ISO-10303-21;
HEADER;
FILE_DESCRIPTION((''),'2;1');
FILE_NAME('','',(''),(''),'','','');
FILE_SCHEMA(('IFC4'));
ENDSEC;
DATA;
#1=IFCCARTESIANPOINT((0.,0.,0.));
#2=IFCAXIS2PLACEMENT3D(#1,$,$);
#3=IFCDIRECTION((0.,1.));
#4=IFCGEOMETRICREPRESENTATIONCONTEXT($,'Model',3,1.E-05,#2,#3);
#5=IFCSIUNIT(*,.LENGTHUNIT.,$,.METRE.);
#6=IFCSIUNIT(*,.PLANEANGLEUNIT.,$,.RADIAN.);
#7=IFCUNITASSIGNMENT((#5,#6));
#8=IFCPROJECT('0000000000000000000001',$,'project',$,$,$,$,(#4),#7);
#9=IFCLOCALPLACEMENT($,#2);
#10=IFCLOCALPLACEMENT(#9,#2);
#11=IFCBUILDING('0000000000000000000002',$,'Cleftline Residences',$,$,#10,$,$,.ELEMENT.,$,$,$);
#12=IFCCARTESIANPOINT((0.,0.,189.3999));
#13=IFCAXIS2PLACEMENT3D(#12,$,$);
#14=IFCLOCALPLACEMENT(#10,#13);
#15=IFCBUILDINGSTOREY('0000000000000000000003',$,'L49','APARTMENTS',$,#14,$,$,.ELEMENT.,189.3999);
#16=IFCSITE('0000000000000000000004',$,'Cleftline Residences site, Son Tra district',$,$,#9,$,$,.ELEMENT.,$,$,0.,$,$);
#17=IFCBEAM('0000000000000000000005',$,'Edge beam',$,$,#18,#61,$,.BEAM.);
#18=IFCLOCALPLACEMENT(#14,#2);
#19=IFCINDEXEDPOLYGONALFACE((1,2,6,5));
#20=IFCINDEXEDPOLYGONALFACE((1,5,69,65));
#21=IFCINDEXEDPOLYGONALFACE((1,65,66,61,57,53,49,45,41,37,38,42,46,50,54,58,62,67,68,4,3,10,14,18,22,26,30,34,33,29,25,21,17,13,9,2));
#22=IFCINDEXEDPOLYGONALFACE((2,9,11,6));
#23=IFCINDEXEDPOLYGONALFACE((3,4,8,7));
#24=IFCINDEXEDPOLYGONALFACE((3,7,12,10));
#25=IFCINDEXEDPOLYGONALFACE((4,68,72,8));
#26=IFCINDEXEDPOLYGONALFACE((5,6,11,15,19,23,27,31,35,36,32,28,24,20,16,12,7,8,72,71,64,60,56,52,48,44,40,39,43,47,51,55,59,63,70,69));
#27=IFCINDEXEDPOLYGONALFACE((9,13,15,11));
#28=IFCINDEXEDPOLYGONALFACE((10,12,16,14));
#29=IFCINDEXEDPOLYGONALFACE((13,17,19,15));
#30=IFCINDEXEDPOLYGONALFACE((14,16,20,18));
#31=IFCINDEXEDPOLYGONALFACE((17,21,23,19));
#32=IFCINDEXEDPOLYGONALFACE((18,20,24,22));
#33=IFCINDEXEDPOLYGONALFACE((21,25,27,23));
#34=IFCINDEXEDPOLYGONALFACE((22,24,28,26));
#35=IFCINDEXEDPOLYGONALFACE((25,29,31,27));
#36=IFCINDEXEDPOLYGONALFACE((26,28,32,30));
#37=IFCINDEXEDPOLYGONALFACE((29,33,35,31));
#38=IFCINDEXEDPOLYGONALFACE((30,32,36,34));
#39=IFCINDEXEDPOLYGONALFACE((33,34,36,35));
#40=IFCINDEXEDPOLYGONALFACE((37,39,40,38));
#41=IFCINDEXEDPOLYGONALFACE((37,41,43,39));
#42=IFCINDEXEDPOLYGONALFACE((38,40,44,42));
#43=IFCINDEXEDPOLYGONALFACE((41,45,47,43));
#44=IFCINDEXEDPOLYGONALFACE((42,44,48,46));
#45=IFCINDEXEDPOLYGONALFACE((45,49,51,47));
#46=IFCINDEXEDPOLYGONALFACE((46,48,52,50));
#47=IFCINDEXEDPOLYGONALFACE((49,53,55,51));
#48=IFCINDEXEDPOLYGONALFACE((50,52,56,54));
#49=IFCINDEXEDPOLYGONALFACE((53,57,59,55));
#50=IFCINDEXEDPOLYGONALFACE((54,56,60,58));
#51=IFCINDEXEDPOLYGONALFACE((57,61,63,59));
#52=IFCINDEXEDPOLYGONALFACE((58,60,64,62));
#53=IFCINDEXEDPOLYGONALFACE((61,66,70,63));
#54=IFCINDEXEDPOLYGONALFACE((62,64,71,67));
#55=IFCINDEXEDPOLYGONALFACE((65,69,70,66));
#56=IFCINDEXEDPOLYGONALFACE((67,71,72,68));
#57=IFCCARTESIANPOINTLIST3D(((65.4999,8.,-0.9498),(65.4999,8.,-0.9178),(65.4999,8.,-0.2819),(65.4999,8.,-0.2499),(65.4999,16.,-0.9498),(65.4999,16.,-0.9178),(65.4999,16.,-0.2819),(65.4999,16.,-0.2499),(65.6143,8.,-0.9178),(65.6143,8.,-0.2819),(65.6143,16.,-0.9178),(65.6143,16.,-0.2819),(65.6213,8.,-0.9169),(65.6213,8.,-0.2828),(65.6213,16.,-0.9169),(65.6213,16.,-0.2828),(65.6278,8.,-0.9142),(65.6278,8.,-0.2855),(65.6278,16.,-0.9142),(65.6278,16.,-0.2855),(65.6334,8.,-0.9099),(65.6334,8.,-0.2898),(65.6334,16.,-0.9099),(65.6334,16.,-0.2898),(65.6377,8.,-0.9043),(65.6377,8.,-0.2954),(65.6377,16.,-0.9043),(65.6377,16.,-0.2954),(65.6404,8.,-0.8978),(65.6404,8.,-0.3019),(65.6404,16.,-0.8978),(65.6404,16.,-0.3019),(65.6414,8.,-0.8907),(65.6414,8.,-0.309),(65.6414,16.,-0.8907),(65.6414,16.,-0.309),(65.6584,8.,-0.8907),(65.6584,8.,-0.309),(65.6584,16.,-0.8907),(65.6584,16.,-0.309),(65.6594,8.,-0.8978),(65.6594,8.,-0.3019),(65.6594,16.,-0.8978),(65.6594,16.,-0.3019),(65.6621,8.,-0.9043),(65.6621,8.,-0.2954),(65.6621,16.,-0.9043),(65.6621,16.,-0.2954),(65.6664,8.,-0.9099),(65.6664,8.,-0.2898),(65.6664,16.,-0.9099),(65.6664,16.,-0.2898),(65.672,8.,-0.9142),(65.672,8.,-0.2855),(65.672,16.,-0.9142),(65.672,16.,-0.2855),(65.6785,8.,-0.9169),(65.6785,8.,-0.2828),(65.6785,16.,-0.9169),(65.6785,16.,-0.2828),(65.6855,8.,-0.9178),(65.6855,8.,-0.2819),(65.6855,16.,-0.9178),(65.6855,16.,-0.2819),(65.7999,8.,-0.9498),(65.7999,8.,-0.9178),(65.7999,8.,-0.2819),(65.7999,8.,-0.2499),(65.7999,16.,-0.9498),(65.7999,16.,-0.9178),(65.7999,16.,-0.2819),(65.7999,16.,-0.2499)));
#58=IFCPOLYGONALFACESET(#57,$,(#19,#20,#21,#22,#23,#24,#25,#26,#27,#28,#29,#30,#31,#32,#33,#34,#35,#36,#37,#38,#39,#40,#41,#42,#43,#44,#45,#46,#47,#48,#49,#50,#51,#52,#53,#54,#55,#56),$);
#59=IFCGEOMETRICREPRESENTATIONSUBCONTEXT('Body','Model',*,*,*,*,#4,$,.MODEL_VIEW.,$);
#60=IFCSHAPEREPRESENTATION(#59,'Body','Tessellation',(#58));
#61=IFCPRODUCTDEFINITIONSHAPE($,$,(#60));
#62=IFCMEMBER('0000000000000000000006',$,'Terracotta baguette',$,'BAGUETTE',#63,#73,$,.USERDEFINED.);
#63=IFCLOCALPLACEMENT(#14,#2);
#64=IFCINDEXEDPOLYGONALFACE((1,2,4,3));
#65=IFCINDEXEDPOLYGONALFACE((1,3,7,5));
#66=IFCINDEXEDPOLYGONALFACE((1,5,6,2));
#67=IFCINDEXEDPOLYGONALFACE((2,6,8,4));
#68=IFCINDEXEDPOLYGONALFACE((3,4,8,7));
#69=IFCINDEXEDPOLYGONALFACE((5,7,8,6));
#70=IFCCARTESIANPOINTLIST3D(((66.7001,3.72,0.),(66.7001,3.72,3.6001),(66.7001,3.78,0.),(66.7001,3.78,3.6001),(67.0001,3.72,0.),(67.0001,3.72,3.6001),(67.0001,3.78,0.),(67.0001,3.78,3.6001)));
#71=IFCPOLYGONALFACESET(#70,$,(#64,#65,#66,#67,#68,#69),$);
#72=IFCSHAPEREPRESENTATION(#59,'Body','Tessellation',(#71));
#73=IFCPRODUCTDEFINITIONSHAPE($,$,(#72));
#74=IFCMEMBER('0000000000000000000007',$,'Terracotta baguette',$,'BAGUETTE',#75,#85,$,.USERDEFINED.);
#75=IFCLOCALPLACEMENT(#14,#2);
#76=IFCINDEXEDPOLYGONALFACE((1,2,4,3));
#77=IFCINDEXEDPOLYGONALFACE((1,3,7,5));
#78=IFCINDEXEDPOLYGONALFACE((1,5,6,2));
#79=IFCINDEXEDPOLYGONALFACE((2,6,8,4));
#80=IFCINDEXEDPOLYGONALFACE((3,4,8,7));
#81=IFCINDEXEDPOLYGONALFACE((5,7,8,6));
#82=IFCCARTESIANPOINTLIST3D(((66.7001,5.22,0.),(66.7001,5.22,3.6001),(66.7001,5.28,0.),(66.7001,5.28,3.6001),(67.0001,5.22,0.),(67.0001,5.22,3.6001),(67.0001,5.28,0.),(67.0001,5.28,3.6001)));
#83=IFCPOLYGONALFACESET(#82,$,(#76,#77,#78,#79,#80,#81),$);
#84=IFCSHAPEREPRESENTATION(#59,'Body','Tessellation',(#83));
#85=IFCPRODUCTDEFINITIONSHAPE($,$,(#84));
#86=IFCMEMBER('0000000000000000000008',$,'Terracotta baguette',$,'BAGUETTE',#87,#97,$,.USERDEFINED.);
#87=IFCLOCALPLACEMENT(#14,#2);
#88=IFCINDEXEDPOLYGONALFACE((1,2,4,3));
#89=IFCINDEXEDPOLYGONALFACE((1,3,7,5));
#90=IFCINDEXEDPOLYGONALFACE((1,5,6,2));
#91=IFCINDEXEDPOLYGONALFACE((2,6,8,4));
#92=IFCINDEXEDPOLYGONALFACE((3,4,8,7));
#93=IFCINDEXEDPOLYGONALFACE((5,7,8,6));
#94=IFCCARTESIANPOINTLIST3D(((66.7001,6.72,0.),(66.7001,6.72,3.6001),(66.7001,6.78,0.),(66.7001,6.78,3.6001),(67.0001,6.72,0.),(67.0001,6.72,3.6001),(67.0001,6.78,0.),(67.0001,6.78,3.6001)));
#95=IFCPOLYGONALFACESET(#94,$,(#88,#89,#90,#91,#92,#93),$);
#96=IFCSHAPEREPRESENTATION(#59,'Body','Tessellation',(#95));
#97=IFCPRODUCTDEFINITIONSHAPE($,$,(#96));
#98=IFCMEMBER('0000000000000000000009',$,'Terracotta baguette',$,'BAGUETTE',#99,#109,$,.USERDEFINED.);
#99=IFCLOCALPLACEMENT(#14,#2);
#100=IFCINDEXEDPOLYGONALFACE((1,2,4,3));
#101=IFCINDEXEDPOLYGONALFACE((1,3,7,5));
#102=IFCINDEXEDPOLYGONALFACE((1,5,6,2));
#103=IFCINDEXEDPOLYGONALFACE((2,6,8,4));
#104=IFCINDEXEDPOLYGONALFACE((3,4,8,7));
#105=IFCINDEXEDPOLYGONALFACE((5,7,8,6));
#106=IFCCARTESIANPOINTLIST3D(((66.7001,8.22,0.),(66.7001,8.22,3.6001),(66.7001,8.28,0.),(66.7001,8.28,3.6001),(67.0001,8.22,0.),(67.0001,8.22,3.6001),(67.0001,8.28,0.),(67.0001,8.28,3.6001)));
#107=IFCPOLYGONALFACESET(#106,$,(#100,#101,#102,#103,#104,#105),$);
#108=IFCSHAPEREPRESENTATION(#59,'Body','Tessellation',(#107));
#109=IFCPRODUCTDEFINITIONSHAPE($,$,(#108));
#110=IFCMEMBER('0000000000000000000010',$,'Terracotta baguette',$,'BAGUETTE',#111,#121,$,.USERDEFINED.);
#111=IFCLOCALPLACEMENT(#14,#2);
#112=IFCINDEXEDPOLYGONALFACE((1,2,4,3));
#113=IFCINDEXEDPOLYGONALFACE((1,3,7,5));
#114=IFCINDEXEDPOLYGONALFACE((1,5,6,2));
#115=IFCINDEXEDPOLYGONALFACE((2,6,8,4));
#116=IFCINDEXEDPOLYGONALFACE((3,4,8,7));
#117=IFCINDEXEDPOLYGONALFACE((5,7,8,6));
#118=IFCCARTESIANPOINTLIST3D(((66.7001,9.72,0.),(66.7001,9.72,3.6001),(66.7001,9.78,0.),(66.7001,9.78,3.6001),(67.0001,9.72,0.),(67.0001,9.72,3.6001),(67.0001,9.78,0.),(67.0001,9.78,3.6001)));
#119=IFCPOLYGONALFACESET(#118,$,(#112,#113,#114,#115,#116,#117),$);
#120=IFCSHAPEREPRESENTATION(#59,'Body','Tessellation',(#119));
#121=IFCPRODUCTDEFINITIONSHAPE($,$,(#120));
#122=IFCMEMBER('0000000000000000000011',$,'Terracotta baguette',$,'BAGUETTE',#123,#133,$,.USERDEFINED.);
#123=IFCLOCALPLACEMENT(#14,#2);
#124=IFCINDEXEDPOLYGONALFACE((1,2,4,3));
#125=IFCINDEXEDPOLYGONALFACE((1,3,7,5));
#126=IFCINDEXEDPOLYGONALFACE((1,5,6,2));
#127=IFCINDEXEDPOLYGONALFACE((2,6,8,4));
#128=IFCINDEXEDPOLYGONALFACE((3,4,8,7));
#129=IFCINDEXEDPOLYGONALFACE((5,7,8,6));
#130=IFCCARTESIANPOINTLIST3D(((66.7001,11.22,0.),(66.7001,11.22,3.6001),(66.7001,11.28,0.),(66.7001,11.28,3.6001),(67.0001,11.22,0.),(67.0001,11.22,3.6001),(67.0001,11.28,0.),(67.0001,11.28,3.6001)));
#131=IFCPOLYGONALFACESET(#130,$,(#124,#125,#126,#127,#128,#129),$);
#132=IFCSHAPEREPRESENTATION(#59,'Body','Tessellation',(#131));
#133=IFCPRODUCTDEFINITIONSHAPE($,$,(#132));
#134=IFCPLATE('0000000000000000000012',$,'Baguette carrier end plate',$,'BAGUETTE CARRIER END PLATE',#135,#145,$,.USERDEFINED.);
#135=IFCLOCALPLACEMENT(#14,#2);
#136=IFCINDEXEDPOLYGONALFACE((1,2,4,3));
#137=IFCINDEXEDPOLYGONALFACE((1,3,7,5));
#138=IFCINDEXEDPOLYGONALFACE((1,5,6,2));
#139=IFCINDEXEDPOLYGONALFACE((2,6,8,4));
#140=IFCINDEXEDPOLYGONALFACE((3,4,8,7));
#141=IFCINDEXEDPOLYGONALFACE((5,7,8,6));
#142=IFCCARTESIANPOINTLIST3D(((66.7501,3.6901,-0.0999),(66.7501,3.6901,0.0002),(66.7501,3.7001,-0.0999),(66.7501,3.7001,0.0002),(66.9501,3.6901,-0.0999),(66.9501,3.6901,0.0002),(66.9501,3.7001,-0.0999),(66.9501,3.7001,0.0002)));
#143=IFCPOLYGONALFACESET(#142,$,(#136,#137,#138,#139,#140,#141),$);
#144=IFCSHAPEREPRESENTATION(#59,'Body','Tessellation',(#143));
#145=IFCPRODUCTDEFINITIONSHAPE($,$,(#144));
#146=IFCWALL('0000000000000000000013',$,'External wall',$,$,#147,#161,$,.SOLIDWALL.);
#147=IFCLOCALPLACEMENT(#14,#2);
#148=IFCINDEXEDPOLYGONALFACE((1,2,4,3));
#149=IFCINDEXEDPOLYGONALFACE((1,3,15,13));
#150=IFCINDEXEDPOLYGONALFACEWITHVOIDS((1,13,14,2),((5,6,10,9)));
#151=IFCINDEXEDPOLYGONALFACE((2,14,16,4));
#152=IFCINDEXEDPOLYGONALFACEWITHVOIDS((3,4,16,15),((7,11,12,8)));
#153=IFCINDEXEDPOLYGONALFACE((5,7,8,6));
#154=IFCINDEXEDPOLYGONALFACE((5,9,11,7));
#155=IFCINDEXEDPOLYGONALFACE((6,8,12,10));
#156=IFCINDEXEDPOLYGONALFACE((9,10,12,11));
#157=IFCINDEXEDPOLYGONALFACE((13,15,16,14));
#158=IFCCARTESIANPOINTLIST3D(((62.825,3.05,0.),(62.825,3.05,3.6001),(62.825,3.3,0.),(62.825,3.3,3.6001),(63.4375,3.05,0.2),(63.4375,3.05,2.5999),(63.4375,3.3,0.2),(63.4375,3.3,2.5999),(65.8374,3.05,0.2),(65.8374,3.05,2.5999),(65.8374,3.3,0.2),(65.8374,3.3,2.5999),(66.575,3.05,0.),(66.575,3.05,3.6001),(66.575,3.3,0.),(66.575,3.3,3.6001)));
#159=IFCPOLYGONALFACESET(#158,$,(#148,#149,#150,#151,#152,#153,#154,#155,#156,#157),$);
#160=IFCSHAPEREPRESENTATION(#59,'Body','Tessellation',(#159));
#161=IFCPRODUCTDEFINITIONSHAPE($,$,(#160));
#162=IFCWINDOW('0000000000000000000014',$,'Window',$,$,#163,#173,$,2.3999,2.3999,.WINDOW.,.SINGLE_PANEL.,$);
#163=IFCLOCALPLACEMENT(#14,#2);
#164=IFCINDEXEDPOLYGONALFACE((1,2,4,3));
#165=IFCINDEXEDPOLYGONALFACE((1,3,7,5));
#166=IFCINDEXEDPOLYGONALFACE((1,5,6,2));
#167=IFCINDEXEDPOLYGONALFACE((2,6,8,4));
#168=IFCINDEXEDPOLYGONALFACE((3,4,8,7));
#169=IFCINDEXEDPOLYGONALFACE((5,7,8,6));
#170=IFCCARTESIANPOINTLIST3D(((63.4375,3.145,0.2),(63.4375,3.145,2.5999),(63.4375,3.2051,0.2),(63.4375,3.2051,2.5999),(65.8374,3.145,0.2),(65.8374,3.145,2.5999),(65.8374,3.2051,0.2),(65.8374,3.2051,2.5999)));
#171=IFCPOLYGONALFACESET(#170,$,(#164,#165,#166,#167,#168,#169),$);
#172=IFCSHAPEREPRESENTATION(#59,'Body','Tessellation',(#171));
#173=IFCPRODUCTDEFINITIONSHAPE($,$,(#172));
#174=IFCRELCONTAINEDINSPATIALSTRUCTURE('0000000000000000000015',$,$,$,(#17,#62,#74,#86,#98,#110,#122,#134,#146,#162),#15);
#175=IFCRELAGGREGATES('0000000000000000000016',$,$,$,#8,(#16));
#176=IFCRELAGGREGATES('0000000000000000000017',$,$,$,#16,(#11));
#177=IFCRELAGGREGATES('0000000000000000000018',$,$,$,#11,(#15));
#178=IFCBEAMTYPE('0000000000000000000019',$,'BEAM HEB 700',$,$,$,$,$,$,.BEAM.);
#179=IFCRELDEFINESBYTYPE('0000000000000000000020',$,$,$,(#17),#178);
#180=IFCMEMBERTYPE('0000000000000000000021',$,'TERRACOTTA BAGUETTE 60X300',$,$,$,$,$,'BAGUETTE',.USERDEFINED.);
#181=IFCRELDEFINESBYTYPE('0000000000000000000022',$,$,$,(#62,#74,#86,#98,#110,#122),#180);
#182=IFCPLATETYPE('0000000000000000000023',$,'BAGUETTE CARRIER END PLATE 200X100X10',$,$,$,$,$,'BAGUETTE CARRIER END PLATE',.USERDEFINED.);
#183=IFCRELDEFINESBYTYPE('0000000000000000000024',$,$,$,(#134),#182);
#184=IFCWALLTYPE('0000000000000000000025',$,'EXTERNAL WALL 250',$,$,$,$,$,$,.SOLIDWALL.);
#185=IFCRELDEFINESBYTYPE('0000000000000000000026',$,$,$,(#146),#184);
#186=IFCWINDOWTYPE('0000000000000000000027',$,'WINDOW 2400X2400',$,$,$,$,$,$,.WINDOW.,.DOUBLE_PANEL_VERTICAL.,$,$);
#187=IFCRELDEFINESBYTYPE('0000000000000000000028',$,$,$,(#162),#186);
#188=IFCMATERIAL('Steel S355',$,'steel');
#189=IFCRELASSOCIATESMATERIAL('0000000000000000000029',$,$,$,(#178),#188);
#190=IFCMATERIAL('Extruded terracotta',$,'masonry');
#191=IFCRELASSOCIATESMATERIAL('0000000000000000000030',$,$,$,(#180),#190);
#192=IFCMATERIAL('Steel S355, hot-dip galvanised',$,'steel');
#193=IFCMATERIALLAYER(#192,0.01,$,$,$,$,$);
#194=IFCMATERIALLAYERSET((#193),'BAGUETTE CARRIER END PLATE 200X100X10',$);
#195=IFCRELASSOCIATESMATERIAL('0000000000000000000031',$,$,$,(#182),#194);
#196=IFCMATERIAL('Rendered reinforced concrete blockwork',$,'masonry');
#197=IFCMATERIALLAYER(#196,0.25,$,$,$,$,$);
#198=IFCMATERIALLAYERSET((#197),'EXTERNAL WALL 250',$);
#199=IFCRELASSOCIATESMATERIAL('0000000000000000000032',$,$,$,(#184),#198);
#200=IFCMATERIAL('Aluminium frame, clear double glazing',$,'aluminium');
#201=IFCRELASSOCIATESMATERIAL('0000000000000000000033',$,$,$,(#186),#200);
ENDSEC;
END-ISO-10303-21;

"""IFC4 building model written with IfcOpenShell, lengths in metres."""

from ifc_helpers import new_model, si_unit, direction, frame, frame_2d, origin, origin_2d, place, context, subcontext, project, spatial, rectangle, i_section, extrude, material, layer, layer_set, material_profile, profile_set, type_object, element, fill, save


model = new_model("IFC4")

# Units and contexts
model_context = context("Model", 3, precision=1e-05, world=origin(), true_north=direction((0.0, 1.0)))
body_context = subcontext(model_context, "Body", "Model", "MODEL_VIEW")
ifc_project = project(units=[si_unit("LENGTHUNIT", "METRE"), si_unit("PLANEANGLEUNIT", "RADIAN")], contexts=[model_context])

# Site, building, storey
site_placement = place(None, origin())
site = spatial("IfcSite", under=ifc_project, at=site_placement, Name="Cleftline Residences site, Son Tra district", CompositionType="ELEMENT", RefElevation=0.0)
building_placement = place(site_placement, origin())
building = spatial("IfcBuilding", under=site, at=building_placement, Name="Cleftline Residences", CompositionType="ELEMENT")
storey_placement = place(building_placement, frame((0.0, 0.0, 189.3999)))
storey = spatial("IfcBuildingStorey", under=building, at=storey_placement, Name="L49", Description="APARTMENTS", CompositionType="ELEMENT", Elevation=189.3999)

# Beam
ifc_material_1 = material(Name="Steel S355", Category="steel")
ifc_material_profile_1 = material_profile(ifc_material_1, i_section(OverallWidth=0.3, OverallDepth=0.7, WebThickness=0.0171, FlangeThickness=0.032, FilletRadius=0.0271, at=origin_2d()))
ifc_profile_set_1 = profile_set([ifc_material_profile_1], Name="Steel S355")
beam_type = type_object("IfcBeamType", Name="BEAM HEB 700", PredefinedType="BEAM", material=ifc_profile_set_1)
beam_placement = place(storey_placement, frame((65.6499, 8.0, -0.5999), z_axis=(0.0, 1.0, 0.0), x_axis=(-1.0, 0.0, 0.0)))
element("IfcBeam", 1, at=beam_placement, inside=storey, type_object=beam_type, Name="Edge beam", PredefinedType="BEAM", context=body_context, shape_type="SweptSolid", body=[
    extrude(i_section(OverallWidth=0.3, OverallDepth=0.7, WebThickness=0.0171, FlangeThickness=0.032, FilletRadius=0.0271, at=origin_2d()), origin(), (0.0, 0.0, 1.0), 8.0),
])

# Members
ifc_material_2 = material(Name="Extruded terracotta", Category="masonry")
ifc_material_profile_2 = material_profile(ifc_material_2, rectangle(XDim=0.0601, YDim=0.3, at=origin_2d()))
ifc_profile_set_2 = profile_set([ifc_material_profile_2], Name="Extruded terracotta")
member_type_1 = type_object("IfcMemberType", Name="TERRACOTTA BAGUETTE 60X300", ElementType="BAGUETTE", PredefinedType="USERDEFINED", material=ifc_profile_set_2)
for number, where, z_axis, x_axis, name in (
    (2, (66.8501, 3.75, 0.0), (0.0, 0.0, 1.0), (0.0, 1.0, 0.0), "Terracotta baguette"),
    (3, (66.8501, 5.25, 0.0), (0.0, 0.0, 1.0), (0.0, 1.0, 0.0), "Terracotta baguette"),
    (4, (66.8501, 6.75, 0.0), (0.0, 0.0, 1.0), (0.0, 1.0, 0.0), "Terracotta baguette"),
    (5, (66.8501, 8.25, 0.0), (0.0, 0.0, 1.0), (0.0, 1.0, 0.0), "Terracotta baguette"),
    (6, (66.8501, 9.75, 0.0), (0.0, 0.0, 1.0), (0.0, 1.0, 0.0), "Terracotta baguette"),
    (7, (66.8501, 11.25, 0.0), (0.0, 0.0, 1.0), (0.0, 1.0, 0.0), "Terracotta baguette"),
):
    element("IfcMember", number, at=place(storey_placement, frame(where, z_axis=z_axis, x_axis=x_axis)), inside=storey, type_object=member_type_1, Name=name, ObjectType="BAGUETTE", PredefinedType="USERDEFINED", context=body_context, shape_type="SweptSolid", body=[
        extrude(rectangle(XDim=0.0601, YDim=0.3, at=origin_2d()), origin(), (0.0, 0.0, 1.0), 3.6001),
    ])

# Plate
ifc_material_3 = material(Name="Steel S355, hot-dip galvanised", Category="steel")
ifc_layer_1 = layer(ifc_material_3, 0.01)
ifc_layer_set_1 = layer_set([ifc_layer_1], Name="BAGUETTE CARRIER END PLATE 200X100X10")
plate_type = type_object("IfcPlateType", Name="BAGUETTE CARRIER END PLATE 200X100X10", ElementType="BAGUETTE CARRIER END PLATE", PredefinedType="USERDEFINED", material=ifc_layer_set_1)
plate_placement = place(storey_placement, frame((66.8501, 3.6951, -0.0999), z_axis=(0.0, 0.0, 1.0), x_axis=(1.0, 0.0, 0.0)))
element("IfcPlate", 8, at=plate_placement, inside=storey, type_object=plate_type, Name="Baguette carrier end plate", ObjectType="BAGUETTE CARRIER END PLATE", PredefinedType="USERDEFINED", context=body_context, shape_type="SweptSolid", body=[
    extrude(rectangle(XDim=0.2, YDim=0.01, at=origin_2d()), origin(), (0.0, 0.0, 1.0), 0.1001),
])

# Wall, opening, window
ifc_material_4 = material(Name="Rendered reinforced concrete blockwork", Category="masonry")
ifc_layer_2 = layer(ifc_material_4, 0.25)
ifc_layer_set_2 = layer_set([ifc_layer_2], Name="EXTERNAL WALL 250")
wall_type = type_object("IfcWallType", Name="EXTERNAL WALL 250", PredefinedType="SOLIDWALL", material=ifc_layer_set_2)
wall_1_placement = place(storey_placement, frame((62.825, 3.175, 0.0), z_axis=(0.0, 0.0, 1.0), x_axis=(1.0, 0.0, 0.0)))
wall_1 = element("IfcWall", 9, at=wall_1_placement, inside=storey, type_object=wall_type, Name="External wall", PredefinedType="SOLIDWALL", context=body_context, shape_type="SweptSolid", body=[
    extrude(rectangle(XDim=3.75, YDim=0.25, at=frame_2d((1.875, 0.0))), origin(), (0.0, 0.0, 1.0), 3.6001),
])
opening_1_placement = place(wall_1_placement, frame((0.6125, 0.0, 0.2)))
opening_1 = element("IfcOpeningElement", 10, at=opening_1_placement, cuts=wall_1, PredefinedType="OPENING", context=body_context, shape_type="SweptSolid", body=[
    extrude(rectangle(XDim=2.3999, YDim=2.3999, at=frame_2d((1.2, 1.2))), frame((0.0, 0.135, 0.0), z_axis=(0.0, -1.0, 0.0), x_axis=(1.0, 0.0, 0.0)), (0.0, 0.0, 1.0), 0.27),
])
ifc_material_5 = material(Name="Aluminium frame, clear double glazing", Category="aluminium")
window_type_1 = type_object("IfcWindowType", Name="WINDOW 2400X2400", PartitioningType="DOUBLE_PANEL_VERTICAL", PredefinedType="WINDOW", material=ifc_material_5)
window_1_placement = place(opening_1_placement, origin())
window_1 = element("IfcWindow", 11, at=window_1_placement, inside=storey, type_object=window_type_1, Name="Window", OverallHeight=2.3999, OverallWidth=2.3999, PartitioningType="SINGLE_PANEL", PredefinedType="WINDOW", context=body_context, shape_type="SweptSolid", body=[
    extrude(rectangle(XDim=2.3999, YDim=2.3999, at=frame_2d((1.2, 1.2))), frame((0.0, 0.03, 0.0), z_axis=(0.0, -1.0, 0.0), x_axis=(1.0, 0.0, 0.0)), (0.0, 0.0, 1.0), 0.0601),
])
fill(opening_1, window_1)

save(model, "model.ifc")
